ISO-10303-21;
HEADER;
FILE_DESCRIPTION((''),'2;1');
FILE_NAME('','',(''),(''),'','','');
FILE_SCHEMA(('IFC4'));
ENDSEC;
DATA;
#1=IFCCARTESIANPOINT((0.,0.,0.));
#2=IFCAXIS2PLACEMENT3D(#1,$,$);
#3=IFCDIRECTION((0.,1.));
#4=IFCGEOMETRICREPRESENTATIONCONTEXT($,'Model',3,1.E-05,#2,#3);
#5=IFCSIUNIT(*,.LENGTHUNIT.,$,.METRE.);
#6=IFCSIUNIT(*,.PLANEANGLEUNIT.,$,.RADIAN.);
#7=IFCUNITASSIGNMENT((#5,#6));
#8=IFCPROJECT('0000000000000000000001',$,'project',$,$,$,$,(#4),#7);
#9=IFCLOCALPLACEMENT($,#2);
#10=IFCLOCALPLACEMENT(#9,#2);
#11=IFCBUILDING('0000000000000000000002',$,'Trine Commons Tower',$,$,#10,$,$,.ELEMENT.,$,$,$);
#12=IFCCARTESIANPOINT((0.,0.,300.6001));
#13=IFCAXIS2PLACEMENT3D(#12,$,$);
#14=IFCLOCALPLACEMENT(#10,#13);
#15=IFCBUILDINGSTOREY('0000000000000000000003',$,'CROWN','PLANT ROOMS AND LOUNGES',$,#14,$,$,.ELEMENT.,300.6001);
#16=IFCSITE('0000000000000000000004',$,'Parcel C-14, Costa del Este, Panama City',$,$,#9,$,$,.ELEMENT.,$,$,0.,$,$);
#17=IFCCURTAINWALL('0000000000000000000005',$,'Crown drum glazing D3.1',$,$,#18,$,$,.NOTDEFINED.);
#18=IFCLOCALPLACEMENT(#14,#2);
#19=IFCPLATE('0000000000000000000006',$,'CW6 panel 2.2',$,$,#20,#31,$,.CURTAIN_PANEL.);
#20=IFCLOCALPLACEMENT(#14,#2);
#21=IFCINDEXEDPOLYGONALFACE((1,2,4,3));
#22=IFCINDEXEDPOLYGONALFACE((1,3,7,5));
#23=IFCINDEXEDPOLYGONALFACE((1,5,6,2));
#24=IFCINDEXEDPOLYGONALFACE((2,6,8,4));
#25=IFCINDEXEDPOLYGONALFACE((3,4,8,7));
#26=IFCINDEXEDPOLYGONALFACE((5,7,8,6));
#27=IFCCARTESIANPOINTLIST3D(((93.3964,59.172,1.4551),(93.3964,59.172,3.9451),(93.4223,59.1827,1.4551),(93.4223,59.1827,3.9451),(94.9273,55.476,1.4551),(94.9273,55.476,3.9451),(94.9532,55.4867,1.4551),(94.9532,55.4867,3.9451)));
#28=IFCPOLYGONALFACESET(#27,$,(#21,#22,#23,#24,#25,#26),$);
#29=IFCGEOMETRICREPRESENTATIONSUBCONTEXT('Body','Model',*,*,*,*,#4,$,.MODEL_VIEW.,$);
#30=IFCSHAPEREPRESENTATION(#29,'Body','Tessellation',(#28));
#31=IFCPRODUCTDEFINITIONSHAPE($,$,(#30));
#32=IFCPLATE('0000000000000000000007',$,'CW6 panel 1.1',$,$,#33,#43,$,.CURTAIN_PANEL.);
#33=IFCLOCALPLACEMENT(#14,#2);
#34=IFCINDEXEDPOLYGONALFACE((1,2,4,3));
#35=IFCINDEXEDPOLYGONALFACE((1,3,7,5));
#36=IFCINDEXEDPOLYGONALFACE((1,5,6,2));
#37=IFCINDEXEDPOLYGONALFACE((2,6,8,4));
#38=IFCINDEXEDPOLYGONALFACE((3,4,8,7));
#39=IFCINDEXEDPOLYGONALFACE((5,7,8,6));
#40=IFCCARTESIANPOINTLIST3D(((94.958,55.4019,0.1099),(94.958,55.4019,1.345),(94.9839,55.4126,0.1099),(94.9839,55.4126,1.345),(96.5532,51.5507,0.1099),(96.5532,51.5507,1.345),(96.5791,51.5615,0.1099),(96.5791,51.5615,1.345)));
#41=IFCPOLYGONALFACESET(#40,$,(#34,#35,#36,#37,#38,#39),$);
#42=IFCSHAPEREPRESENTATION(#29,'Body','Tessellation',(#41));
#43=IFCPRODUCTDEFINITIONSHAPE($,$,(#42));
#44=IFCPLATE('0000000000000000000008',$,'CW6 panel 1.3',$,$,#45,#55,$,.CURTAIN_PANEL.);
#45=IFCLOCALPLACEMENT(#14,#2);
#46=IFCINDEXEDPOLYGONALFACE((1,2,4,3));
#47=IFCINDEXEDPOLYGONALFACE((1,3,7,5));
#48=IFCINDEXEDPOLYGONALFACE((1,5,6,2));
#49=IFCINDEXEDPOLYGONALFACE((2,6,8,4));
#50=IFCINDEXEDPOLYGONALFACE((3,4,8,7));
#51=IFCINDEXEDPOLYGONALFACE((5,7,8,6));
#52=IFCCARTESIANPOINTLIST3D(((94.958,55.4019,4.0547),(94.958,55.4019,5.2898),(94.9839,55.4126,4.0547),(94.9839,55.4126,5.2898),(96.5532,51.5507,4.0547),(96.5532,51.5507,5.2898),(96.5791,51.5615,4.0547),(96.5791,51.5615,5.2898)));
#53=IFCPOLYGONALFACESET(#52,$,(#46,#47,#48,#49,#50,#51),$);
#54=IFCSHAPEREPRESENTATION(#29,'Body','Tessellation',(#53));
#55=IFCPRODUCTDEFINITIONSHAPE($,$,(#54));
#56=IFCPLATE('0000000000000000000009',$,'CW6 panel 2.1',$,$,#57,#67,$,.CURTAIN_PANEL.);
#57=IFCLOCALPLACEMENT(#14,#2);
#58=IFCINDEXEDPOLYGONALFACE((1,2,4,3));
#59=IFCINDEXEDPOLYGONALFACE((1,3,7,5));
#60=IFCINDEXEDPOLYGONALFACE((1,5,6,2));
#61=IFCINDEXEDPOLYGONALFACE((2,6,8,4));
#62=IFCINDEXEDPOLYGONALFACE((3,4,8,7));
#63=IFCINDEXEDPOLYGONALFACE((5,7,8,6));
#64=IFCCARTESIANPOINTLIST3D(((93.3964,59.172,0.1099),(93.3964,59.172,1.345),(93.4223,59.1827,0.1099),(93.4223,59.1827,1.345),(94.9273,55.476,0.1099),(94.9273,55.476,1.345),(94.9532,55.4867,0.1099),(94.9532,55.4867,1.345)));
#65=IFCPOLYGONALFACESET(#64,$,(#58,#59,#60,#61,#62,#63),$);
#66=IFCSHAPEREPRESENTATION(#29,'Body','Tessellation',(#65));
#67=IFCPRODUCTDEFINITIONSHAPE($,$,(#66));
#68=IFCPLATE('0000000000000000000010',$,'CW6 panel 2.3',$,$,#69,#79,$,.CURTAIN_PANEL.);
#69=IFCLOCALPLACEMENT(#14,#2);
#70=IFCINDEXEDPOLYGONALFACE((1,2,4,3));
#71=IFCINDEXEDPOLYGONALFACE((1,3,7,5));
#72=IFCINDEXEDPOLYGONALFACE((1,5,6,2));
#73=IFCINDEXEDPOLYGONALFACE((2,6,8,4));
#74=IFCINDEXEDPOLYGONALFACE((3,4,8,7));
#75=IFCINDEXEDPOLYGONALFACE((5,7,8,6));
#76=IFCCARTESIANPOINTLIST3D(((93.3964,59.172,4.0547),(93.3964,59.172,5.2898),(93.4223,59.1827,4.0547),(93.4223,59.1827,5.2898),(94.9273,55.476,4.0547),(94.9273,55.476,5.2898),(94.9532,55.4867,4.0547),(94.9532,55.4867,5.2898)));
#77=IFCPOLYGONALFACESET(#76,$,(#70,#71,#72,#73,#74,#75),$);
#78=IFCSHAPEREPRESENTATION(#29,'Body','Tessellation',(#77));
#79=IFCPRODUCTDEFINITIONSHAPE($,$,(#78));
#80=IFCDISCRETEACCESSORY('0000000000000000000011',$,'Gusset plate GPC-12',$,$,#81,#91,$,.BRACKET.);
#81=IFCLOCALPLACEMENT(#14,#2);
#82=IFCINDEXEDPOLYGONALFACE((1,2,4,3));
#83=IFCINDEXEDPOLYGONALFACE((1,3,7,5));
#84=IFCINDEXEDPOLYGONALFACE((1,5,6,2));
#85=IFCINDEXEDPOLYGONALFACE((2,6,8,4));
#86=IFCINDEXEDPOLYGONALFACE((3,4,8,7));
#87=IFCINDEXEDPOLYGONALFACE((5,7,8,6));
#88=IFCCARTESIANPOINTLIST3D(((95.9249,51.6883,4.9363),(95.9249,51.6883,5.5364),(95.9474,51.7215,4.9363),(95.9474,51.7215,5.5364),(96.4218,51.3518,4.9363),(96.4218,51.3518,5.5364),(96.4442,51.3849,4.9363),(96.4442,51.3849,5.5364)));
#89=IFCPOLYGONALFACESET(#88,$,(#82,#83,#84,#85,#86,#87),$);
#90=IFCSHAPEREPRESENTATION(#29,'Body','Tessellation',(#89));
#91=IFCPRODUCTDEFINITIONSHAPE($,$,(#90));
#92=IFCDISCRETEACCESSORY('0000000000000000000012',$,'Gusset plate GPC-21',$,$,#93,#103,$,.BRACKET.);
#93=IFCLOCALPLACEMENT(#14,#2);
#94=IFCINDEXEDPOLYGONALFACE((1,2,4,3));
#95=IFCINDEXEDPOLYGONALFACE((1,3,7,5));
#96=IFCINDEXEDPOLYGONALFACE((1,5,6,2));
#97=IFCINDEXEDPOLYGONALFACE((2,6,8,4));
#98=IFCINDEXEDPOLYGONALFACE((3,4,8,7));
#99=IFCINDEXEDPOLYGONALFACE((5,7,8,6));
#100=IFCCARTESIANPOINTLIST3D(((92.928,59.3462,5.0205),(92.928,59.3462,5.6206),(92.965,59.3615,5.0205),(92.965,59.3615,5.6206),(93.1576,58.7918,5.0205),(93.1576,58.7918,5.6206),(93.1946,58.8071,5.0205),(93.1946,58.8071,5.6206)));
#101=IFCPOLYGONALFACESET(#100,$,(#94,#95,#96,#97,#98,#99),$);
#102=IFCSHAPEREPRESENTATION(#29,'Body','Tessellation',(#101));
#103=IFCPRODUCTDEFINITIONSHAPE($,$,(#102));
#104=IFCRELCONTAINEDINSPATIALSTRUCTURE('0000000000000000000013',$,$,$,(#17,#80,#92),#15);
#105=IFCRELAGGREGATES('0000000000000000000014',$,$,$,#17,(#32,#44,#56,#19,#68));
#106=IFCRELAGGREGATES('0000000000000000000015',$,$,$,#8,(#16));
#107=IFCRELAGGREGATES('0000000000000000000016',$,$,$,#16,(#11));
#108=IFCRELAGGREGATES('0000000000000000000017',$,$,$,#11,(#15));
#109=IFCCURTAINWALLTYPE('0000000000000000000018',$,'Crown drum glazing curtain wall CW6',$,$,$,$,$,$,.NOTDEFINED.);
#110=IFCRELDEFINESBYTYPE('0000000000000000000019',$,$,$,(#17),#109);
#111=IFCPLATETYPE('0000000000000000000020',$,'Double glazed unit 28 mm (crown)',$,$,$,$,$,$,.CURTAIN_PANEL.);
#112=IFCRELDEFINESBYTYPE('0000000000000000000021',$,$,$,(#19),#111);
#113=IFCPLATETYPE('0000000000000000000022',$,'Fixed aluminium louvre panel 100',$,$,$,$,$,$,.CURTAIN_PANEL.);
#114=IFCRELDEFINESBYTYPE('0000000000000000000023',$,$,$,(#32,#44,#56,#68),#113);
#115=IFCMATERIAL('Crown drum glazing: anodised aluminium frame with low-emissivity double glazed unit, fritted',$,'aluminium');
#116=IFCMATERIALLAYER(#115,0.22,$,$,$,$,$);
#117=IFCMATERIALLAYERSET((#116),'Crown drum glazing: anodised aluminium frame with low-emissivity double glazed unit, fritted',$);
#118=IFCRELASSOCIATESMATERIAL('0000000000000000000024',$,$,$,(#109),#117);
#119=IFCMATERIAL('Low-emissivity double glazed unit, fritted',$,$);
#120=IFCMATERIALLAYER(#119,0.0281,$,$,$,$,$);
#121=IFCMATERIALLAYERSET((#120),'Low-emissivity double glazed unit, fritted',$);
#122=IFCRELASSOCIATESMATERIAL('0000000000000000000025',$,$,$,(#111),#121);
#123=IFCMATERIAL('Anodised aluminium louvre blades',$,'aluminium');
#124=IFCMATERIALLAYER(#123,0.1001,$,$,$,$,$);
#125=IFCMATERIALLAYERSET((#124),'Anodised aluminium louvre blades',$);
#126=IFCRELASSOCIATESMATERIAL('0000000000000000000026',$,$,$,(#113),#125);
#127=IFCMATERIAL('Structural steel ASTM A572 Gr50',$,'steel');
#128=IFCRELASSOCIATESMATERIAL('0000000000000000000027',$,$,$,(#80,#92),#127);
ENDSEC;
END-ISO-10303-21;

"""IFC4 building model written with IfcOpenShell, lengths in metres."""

from ifc_helpers import new_model, si_unit, direction, frame, origin, origin_2d, place, context, subcontext, project, spatial, rectangle, extrude, material, layer, layer_set, type_object, element, aggregate, save


model = new_model("IFC4")

# Units and contexts
model_context = context("Model", 3, precision=1e-05, world=origin(), true_north=direction((0.0, 1.0)))
body_context = subcontext(model_context, "Body", "Model", "MODEL_VIEW")
ifc_project = project(units=[si_unit("LENGTHUNIT", "METRE"), si_unit("PLANEANGLEUNIT", "RADIAN")], contexts=[model_context])

# Site, building, storey
site_placement = place(None, origin())
site = spatial("IfcSite", under=ifc_project, at=site_placement, Name="Parcel C-14, Costa del Este, Panama City", CompositionType="ELEMENT", RefElevation=0.0)
building_placement = place(site_placement, origin())
building = spatial("IfcBuilding", under=site, at=building_placement, Name="Trine Commons Tower", CompositionType="ELEMENT")
storey_placement = place(building_placement, frame((0.0, 0.0, 300.6001)))
storey = spatial("IfcBuildingStorey", under=building, at=storey_placement, Name="CROWN", Description="PLANT ROOMS AND LOUNGES", CompositionType="ELEMENT", Elevation=300.6001)

# Curtain wall
ifc_material_1 = material(Name="Crown drum glazing: anodised aluminium frame with low-emissivity double glazed unit, fritted", Category="aluminium")
ifc_layer_1 = layer(ifc_material_1, 0.22)
ifc_layer_set_1 = layer_set([ifc_layer_1], Name="Crown drum glazing: anodised aluminium frame with low-emissivity double glazed unit, fritted")
curtain_wall_type = type_object("IfcCurtainWallType", Name="Crown drum glazing curtain wall CW6", PredefinedType="NOTDEFINED", material=ifc_layer_set_1)
curtain_wall_placement = place(storey_placement, origin())
curtain_wall = element("IfcCurtainWall", 1, at=curtain_wall_placement, inside=storey, type_object=curtain_wall_type, Name="Crown drum glazing D3.1", PredefinedType="NOTDEFINED")

# Plates
ifc_material_2 = material(Name="Low-emissivity double glazed unit, fritted")
ifc_layer_2 = layer(ifc_material_2, 0.0281)
ifc_layer_set_2 = layer_set([ifc_layer_2], Name="Low-emissivity double glazed unit, fritted")
plate_type_1 = type_object("IfcPlateType", Name="Double glazed unit 28 mm (crown)", PredefinedType="CURTAIN_PANEL", material=ifc_layer_set_2)
plate_1_placement = place(storey_placement, frame((94.1748, 57.3293, 1.4551), z_axis=(0.0, 0.0, 1.0), x_axis=(-0.382683, 0.92388, 0.0)))
plate_1 = element("IfcPlate", 2, at=plate_1_placement, type_object=plate_type_1, Name="CW6 panel 2.2", PredefinedType="CURTAIN_PANEL", context=body_context, shape_type="SweptSolid", body=[
    extrude(rectangle(XDim=4.0005, YDim=0.0281, at=origin_2d()), origin(), (0.0, 0.0, 1.0), 2.49),
])
ifc_material_3 = material(Name="Anodised aluminium louvre blades", Category="aluminium")
ifc_layer_3 = layer(ifc_material_3, 0.1001)
ifc_layer_set_3 = layer_set([ifc_layer_3], Name="Anodised aluminium louvre blades")
plate_type_2 = type_object("IfcPlateType", Name="Fixed aluminium louvre panel 100", PredefinedType="CURTAIN_PANEL", material=ifc_layer_set_3)
plate_2_placement = place(storey_placement, frame((95.7686, 53.4817, 0.1099), z_axis=(0.0, 0.0, 1.0), x_axis=(-0.382683, 0.92388, 0.0)))
plate_2 = element("IfcPlate", 3, at=plate_2_placement, type_object=plate_type_2, Name="CW6 panel 1.1", PredefinedType="CURTAIN_PANEL", context=body_context, shape_type="SweptSolid", body=[
    extrude(rectangle(XDim=4.1685, YDim=0.0281, at=origin_2d()), origin(), (0.0, 0.0, 1.0), 1.2351),
])
plate_3_placement = place(storey_placement, frame((95.7686, 53.4817, 4.0547), z_axis=(0.0, 0.0, 1.0), x_axis=(-0.382683, 0.92388, 0.0)))
plate_3 = element("IfcPlate", 4, at=plate_3_placement, type_object=plate_type_2, Name="CW6 panel 1.3", PredefinedType="CURTAIN_PANEL", context=body_context, shape_type="SweptSolid", body=[
    extrude(rectangle(XDim=4.1685, YDim=0.0281, at=origin_2d()), origin(), (0.0, 0.0, 1.0), 1.2351),
])
plate_4_placement = place(storey_placement, frame((94.1748, 57.3293, 0.1099), z_axis=(0.0, 0.0, 1.0), x_axis=(-0.382683, 0.92388, 0.0)))
plate_4 = element("IfcPlate", 5, at=plate_4_placement, type_object=plate_type_2, Name="CW6 panel 2.1", PredefinedType="CURTAIN_PANEL", context=body_context, shape_type="SweptSolid", body=[
    extrude(rectangle(XDim=4.0005, YDim=0.0281, at=origin_2d()), origin(), (0.0, 0.0, 1.0), 1.2351),
])
plate_5_placement = place(storey_placement, frame((94.1748, 57.3293, 4.0547), z_axis=(0.0, 0.0, 1.0), x_axis=(-0.382683, 0.92388, 0.0)))
plate_5 = element("IfcPlate", 6, at=plate_5_placement, type_object=plate_type_2, Name="CW6 panel 2.3", PredefinedType="CURTAIN_PANEL", context=body_context, shape_type="SweptSolid", body=[
    extrude(rectangle(XDim=4.0005, YDim=0.0281, at=origin_2d()), origin(), (0.0, 0.0, 1.0), 1.2351),
])
aggregate(curtain_wall, [plate_2, plate_3, plate_4, plate_1, plate_5])

# Discrete accessories
ifc_material_4 = material(Name="Structural steel ASTM A572 Gr50", Category="steel")
for number, where, z_axis, x_axis, name in (
    (7, (96.1846, 51.5366, 4.9363), (0.0, 0.0, 1.0), (0.827925, -0.560838, 0.0), "Gusset plate GPC-12"),
    (8, (93.0613, 59.0767, 5.0205), (0.0, 0.0, 1.0), (0.382687, -0.923878, 0.0), "Gusset plate GPC-21"),
):
    element("IfcDiscreteAccessory", number, at=place(storey_placement, frame(where, z_axis=z_axis, x_axis=x_axis)), inside=storey, material=ifc_material_4, Name=name, PredefinedType="BRACKET", context=body_context, shape_type="SweptSolid", body=[
        extrude(rectangle(XDim=0.6001, YDim=0.04, at=origin_2d()), origin(), (0.0, 0.0, 1.0), 0.6001),
    ])

save(model, "model.ifc")
